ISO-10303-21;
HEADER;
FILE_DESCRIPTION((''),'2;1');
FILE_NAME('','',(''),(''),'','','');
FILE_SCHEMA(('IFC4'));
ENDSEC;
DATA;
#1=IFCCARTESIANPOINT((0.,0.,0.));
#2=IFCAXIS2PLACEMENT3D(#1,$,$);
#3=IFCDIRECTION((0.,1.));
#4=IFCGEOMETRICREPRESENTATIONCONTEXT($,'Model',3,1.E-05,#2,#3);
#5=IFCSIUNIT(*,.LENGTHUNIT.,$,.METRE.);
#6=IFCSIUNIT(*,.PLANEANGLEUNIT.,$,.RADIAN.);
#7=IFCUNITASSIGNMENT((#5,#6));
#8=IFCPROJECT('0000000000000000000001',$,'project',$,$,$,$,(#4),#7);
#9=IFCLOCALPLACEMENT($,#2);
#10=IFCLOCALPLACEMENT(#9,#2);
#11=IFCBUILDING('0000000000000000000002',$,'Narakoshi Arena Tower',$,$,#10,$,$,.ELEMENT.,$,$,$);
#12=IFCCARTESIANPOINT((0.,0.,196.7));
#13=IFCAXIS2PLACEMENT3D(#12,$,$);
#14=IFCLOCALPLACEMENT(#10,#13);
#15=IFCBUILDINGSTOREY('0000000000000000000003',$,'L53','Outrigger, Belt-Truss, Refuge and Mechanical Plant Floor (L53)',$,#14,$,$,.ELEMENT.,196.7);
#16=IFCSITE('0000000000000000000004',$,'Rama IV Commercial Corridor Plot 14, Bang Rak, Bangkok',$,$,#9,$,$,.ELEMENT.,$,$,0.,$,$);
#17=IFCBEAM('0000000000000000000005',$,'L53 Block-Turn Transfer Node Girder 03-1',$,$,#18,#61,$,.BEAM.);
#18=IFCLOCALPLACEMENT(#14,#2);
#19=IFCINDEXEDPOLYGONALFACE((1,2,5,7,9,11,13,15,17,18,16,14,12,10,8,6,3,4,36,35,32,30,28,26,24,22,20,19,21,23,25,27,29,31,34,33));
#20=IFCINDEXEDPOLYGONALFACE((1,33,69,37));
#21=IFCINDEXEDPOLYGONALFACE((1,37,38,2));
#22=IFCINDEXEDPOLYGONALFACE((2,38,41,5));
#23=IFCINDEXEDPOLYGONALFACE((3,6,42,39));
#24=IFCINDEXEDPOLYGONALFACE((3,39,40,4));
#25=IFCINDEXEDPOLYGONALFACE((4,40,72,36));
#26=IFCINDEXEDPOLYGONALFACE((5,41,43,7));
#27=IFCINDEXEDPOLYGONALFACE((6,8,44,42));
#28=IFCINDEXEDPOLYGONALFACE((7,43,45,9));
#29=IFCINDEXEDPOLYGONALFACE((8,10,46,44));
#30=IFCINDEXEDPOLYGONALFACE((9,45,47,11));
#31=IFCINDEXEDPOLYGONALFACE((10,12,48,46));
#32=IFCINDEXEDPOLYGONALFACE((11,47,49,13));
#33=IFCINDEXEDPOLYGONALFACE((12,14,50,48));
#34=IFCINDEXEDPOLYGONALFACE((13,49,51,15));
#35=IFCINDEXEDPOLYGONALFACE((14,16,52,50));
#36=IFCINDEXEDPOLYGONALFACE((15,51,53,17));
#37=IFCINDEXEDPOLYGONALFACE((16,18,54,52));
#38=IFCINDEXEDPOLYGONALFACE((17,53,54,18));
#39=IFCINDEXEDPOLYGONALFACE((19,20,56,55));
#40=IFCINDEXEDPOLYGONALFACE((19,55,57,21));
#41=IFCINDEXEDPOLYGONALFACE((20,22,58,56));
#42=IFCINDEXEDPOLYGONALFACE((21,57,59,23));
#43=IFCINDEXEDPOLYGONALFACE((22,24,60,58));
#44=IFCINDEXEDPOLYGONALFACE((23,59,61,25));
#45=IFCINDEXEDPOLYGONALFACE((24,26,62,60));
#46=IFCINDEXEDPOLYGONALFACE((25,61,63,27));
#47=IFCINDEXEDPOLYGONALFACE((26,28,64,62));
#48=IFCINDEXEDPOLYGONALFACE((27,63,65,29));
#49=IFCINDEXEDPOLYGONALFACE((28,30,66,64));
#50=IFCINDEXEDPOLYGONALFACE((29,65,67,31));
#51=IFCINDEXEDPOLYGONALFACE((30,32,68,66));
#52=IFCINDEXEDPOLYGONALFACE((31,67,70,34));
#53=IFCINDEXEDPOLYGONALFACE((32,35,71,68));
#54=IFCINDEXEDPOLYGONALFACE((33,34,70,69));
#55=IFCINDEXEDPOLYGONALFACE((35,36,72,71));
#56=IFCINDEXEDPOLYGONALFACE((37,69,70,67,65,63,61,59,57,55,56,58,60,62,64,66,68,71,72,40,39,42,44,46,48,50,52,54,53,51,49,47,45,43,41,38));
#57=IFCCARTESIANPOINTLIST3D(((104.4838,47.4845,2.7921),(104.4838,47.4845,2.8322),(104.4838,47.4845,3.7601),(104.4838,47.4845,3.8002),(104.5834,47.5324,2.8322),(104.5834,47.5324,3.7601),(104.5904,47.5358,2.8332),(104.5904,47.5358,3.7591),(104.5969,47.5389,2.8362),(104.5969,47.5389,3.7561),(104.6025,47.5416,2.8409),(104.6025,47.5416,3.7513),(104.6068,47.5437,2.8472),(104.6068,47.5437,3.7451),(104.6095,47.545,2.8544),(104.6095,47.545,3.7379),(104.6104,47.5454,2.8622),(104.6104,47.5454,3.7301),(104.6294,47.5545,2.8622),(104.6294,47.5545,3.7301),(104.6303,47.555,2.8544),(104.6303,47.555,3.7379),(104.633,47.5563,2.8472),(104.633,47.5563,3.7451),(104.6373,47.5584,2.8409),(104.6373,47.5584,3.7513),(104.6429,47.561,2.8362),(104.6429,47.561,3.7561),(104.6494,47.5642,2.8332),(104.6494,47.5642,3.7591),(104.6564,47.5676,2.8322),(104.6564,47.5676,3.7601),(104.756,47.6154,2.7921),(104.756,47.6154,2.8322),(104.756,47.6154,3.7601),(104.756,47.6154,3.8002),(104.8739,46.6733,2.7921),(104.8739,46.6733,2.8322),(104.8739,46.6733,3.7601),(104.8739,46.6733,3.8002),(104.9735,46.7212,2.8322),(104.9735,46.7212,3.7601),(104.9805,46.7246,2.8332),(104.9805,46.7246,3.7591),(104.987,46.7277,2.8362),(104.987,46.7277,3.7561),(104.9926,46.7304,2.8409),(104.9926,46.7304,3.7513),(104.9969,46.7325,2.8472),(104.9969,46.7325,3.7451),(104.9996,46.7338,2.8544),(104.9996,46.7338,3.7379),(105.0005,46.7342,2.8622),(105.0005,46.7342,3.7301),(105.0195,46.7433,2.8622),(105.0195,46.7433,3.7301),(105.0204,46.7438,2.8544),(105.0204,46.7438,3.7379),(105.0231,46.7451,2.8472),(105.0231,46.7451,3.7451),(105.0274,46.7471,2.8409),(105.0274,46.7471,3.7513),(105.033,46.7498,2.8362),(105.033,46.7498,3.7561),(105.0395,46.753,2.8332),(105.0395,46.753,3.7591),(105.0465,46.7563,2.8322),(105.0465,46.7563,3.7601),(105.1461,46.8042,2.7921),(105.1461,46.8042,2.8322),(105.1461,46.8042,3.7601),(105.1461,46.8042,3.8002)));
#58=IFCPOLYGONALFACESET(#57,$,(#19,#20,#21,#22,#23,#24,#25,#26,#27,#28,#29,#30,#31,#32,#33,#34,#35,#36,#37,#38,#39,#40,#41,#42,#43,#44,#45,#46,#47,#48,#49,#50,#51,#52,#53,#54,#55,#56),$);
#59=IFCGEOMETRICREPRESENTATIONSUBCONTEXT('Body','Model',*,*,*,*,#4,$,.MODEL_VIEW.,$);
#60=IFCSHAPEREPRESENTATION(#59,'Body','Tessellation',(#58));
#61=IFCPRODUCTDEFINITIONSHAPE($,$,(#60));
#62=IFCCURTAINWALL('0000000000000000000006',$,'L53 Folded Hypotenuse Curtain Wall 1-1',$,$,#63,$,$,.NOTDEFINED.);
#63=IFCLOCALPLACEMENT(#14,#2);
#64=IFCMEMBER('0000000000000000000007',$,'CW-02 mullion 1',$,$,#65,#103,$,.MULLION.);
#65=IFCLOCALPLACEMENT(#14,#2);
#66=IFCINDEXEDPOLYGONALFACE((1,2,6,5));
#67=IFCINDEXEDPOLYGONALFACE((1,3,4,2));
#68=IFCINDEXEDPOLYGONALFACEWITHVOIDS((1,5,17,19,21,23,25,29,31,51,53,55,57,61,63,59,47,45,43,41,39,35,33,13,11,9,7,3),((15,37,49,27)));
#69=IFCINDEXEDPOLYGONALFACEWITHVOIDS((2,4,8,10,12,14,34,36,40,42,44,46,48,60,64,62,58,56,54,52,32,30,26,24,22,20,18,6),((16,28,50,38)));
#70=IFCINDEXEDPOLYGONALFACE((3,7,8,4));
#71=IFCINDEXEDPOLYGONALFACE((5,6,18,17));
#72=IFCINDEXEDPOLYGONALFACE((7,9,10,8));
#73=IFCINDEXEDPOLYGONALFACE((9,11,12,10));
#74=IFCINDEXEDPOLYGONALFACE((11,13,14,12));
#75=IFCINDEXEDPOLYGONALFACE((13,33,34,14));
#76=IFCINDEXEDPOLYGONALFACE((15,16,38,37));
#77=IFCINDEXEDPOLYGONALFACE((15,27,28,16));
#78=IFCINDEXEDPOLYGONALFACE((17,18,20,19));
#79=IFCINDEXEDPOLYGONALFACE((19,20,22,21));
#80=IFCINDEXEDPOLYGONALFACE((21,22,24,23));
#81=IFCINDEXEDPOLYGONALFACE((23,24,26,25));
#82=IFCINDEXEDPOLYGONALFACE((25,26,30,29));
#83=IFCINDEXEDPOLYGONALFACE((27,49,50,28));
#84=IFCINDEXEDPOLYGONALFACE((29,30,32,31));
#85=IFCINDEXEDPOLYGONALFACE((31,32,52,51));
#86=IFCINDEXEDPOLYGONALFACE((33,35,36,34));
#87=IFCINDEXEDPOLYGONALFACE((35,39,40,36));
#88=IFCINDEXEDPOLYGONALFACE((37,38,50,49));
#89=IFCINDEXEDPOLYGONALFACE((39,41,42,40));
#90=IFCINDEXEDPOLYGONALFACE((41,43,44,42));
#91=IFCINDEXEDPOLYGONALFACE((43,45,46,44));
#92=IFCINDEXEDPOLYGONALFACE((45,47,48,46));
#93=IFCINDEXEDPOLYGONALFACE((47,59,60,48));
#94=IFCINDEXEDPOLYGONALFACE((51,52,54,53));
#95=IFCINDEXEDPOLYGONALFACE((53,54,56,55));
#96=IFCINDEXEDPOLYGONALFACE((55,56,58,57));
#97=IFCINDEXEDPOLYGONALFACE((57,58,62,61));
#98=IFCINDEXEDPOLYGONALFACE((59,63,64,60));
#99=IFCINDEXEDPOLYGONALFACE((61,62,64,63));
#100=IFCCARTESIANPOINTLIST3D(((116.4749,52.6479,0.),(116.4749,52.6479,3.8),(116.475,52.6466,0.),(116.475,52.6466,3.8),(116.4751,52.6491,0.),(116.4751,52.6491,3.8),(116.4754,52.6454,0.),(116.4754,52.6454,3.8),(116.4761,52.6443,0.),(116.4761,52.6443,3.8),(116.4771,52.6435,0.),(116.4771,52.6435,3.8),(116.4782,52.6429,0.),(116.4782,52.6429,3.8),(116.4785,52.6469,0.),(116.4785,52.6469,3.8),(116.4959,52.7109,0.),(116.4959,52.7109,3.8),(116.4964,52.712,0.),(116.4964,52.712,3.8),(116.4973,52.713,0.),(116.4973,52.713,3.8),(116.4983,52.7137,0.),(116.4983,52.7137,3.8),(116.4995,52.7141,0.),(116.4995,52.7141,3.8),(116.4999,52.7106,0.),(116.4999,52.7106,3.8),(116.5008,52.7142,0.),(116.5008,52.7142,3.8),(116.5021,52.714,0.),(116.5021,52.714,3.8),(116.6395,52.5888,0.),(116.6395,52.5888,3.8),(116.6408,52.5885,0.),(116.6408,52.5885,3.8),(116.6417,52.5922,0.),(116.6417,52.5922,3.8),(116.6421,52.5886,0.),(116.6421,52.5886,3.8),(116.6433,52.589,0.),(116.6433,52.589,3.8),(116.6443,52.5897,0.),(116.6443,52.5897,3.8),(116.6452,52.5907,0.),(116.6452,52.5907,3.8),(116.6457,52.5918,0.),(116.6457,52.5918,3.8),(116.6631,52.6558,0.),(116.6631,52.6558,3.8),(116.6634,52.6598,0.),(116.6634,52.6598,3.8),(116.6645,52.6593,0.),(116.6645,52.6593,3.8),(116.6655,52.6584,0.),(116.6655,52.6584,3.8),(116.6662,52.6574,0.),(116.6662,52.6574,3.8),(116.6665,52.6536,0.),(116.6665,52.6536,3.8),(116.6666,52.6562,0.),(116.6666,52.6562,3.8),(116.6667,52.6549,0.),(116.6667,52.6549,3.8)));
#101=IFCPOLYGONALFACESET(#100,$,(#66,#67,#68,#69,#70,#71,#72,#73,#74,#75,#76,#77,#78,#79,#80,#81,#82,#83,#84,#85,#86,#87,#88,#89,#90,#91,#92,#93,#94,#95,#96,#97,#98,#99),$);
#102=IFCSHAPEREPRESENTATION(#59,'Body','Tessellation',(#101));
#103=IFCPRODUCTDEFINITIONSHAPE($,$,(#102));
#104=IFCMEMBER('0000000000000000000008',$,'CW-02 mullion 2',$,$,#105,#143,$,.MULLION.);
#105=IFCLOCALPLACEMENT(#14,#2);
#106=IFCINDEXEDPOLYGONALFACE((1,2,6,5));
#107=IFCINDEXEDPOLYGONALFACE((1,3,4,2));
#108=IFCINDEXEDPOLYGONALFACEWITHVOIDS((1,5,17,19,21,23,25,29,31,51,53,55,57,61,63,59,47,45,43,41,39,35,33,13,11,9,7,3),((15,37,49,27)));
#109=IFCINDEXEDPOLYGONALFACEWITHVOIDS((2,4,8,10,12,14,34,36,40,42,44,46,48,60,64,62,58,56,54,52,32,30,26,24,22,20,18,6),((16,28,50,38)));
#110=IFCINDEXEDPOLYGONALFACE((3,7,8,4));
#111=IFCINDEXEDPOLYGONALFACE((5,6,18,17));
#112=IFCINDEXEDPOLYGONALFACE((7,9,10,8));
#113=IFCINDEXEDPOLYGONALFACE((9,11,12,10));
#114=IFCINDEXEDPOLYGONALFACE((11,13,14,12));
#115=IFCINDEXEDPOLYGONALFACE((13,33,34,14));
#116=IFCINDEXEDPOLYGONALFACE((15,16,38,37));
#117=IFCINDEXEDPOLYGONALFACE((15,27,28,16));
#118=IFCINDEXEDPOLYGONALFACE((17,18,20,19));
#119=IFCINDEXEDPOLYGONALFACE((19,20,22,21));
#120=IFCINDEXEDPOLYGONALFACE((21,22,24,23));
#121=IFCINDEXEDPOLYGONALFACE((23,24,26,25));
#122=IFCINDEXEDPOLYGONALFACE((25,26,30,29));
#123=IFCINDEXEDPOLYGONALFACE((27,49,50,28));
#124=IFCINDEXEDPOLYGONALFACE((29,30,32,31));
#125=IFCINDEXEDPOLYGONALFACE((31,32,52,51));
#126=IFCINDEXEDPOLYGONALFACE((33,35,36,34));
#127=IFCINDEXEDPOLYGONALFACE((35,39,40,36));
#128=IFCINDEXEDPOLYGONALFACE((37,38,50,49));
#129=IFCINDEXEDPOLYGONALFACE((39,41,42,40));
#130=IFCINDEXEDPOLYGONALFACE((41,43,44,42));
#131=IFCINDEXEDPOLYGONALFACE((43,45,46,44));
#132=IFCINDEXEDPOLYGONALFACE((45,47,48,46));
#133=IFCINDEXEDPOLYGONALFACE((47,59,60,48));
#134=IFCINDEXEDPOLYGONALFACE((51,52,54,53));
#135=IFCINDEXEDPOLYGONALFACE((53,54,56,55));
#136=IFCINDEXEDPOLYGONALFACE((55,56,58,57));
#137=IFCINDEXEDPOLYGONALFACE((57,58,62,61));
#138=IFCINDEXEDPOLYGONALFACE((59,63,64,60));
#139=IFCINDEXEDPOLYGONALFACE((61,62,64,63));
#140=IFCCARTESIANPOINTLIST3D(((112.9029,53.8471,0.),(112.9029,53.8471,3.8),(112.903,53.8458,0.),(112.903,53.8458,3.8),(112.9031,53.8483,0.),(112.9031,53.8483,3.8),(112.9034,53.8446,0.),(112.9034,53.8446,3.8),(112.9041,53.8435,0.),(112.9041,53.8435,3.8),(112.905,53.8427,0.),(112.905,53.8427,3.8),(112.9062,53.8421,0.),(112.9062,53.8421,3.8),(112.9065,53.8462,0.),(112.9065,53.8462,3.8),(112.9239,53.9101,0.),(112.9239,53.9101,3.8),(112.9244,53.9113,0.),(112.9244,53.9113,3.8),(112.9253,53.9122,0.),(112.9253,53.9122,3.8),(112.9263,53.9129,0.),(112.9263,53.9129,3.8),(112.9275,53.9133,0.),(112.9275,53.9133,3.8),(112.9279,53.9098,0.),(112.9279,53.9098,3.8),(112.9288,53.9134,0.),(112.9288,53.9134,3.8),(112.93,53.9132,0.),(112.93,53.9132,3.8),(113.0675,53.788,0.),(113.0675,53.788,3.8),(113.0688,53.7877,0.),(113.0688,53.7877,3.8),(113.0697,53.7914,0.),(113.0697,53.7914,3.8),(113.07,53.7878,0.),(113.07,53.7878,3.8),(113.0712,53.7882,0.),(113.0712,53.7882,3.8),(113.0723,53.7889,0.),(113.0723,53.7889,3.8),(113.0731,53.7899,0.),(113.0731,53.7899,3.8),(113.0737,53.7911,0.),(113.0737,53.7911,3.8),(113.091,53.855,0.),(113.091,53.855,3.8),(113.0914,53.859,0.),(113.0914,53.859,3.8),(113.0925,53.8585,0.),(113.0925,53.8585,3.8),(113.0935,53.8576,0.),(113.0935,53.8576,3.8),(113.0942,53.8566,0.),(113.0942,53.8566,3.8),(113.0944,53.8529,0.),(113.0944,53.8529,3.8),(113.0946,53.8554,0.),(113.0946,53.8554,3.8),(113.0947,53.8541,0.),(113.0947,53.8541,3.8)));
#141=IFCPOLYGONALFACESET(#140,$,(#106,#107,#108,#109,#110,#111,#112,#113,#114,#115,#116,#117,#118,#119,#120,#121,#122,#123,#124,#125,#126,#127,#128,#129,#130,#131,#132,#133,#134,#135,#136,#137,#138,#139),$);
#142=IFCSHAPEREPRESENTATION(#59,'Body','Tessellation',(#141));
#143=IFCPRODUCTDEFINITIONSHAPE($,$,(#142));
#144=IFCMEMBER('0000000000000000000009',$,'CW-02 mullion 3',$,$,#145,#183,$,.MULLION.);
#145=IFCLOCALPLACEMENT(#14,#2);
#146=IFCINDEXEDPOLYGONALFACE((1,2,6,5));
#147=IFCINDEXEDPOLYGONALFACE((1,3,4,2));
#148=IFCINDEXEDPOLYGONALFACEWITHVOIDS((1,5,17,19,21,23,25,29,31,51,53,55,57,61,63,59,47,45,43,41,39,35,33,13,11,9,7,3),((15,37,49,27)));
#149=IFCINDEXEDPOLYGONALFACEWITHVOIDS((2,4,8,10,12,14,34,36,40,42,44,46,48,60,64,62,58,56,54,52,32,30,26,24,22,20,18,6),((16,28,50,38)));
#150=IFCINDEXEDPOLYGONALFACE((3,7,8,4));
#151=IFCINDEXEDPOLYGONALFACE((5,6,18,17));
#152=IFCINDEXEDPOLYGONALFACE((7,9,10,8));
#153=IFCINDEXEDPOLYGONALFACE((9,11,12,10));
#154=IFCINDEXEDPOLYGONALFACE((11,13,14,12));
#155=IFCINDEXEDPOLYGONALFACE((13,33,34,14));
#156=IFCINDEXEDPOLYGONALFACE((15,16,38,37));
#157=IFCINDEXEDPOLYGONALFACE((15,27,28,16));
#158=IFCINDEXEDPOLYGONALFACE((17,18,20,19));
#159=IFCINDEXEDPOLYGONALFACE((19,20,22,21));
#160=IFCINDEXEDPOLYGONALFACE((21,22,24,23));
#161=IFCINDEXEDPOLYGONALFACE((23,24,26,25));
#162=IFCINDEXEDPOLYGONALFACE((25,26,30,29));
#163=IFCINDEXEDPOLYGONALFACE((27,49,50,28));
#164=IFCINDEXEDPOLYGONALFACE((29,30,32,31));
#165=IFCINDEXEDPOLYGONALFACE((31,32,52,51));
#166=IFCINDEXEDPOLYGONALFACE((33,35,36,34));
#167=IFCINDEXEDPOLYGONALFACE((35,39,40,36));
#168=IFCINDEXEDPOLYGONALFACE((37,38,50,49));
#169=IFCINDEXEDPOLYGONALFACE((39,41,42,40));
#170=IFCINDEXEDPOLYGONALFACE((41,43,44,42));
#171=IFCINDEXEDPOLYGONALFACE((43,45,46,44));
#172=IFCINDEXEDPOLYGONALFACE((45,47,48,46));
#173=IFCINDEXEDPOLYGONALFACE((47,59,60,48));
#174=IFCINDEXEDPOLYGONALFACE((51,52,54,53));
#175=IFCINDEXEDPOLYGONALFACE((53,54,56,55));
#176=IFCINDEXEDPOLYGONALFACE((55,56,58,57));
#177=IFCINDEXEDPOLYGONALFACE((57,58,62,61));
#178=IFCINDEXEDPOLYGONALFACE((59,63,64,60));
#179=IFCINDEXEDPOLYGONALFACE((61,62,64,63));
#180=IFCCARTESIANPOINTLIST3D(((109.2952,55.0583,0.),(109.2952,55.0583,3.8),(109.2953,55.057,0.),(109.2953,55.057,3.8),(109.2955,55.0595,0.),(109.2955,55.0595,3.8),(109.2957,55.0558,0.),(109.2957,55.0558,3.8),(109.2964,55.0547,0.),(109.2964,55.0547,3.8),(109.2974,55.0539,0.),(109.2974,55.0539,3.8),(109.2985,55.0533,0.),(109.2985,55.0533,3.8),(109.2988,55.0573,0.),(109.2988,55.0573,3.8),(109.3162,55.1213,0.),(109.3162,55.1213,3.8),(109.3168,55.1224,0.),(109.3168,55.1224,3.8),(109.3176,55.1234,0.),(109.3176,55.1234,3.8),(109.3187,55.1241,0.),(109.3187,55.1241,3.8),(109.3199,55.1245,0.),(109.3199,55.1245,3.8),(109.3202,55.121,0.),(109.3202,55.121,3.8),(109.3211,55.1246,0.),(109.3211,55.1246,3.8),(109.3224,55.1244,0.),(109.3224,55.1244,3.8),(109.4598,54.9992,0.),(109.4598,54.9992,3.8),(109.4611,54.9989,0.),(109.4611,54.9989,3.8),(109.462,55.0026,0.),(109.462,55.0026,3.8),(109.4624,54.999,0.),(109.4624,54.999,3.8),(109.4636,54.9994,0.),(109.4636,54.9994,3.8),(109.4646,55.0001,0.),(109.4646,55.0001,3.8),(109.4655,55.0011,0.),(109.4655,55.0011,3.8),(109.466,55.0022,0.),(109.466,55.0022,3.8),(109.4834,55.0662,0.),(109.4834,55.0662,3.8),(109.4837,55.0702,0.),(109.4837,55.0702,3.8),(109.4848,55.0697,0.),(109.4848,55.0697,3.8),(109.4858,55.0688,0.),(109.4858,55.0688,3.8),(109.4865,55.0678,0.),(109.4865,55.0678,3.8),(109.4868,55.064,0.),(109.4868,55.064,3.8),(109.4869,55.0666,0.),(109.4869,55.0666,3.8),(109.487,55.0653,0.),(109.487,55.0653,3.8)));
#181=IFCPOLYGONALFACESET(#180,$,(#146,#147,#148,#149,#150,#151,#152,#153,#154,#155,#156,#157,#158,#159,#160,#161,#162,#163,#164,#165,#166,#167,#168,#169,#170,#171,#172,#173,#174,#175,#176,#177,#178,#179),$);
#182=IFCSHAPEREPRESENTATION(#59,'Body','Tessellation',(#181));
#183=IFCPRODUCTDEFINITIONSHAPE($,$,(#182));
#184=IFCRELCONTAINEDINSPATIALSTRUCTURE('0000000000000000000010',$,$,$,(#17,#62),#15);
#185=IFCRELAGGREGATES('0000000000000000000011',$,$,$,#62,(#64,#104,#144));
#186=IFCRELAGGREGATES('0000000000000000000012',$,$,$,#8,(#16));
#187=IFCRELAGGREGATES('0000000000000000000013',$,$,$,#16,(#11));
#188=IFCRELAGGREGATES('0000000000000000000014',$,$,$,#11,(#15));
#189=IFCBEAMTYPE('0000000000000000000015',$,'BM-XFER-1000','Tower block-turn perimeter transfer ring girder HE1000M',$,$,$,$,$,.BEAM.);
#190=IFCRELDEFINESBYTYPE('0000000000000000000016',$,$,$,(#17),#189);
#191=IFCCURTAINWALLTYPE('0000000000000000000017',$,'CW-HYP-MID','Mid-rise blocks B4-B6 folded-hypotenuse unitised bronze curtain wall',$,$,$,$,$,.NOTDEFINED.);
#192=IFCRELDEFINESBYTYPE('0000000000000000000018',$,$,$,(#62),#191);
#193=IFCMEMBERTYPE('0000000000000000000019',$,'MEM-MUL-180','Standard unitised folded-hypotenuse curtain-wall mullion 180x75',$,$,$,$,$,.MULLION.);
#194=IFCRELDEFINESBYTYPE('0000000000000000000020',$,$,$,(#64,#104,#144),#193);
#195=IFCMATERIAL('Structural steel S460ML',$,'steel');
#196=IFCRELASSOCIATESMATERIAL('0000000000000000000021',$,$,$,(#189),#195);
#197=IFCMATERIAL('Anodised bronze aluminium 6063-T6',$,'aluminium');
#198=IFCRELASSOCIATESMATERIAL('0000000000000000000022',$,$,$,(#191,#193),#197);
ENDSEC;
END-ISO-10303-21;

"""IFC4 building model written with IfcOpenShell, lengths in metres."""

from ifc_helpers import new_model, si_unit, direction, frame, origin, origin_2d, place, context, subcontext, project, spatial, hollow_rectangle, i_section, extrude, material, material_profile, profile_set, type_object, element, aggregate, save


model = new_model("IFC4")

# Units and contexts
model_context = context("Model", 3, precision=1e-05, world=origin(), true_north=direction((0.0, 1.0)))
body_context = subcontext(model_context, "Body", "Model", "MODEL_VIEW")
ifc_project = project(units=[si_unit("LENGTHUNIT", "METRE"), si_unit("PLANEANGLEUNIT", "RADIAN")], contexts=[model_context])

# Site, building, storey
site_placement = place(None, origin())
site = spatial("IfcSite", under=ifc_project, at=site_placement, Name="Rama IV Commercial Corridor Plot 14, Bang Rak, Bangkok", CompositionType="ELEMENT", RefElevation=0.0)
building_placement = place(site_placement, origin())
building = spatial("IfcBuilding", under=site, at=building_placement, Name="Narakoshi Arena Tower", CompositionType="ELEMENT")
storey_placement = place(building_placement, frame((0.0, 0.0, 196.7)))
storey = spatial("IfcBuildingStorey", under=building, at=storey_placement, Name="L53", Description="Outrigger, Belt-Truss, Refuge and Mechanical Plant Floor (L53)", CompositionType="ELEMENT", Elevation=196.7)

# Shared definitions
ifc_material_1 = material(Name="Structural steel S460ML", Category="steel")

# Beam
ifc_material_profile_1 = material_profile(ifc_material_1, i_section(OverallWidth=0.302, OverallDepth=1.0081, WebThickness=0.021, FlangeThickness=0.04, FilletRadius=0.03, at=origin_2d()), Name="HE1000M")
ifc_profile_set_1 = profile_set([ifc_material_profile_1], Name="Structural steel S460ML")
beam_type = type_object("IfcBeamType", Name="BM-XFER-1000", Description="Tower block-turn perimeter transfer ring girder HE1000M", PredefinedType="BEAM", material=ifc_profile_set_1)
beam_1_placement = place(storey_placement, frame((105.01, 46.7388, 3.2961), z_axis=(-0.433383, 0.90121, 0.0), x_axis=(-0.90121, -0.433383, 0.0)))
element("IfcBeam", 1, at=beam_1_placement, inside=storey, type_object=beam_type, Name="L53 Block-Turn Transfer Node Girder 03-1", PredefinedType="BEAM", context=body_context, shape_type="SweptSolid", body=[
    extrude(i_section(OverallWidth=0.302, OverallDepth=1.0081, WebThickness=0.021, FlangeThickness=0.04, FilletRadius=0.03, at=origin_2d()), origin(), (0.0, 0.0, 1.0), 0.9001),
])

# Curtain wall, members
ifc_material_2 = material(Name="Anodised bronze aluminium 6063-T6", Category="aluminium")
curtain_wall_type = type_object("IfcCurtainWallType", Name="CW-HYP-MID", Description="Mid-rise blocks B4-B6 folded-hypotenuse unitised bronze curtain wall", PredefinedType="NOTDEFINED", material=ifc_material_2)
curtain_wall_placement = place(storey_placement, origin())
curtain_wall = element("IfcCurtainWall", 2, at=curtain_wall_placement, inside=storey, type_object=curtain_wall_type, Name="L53 Folded Hypotenuse Curtain Wall 1-1", PredefinedType="NOTDEFINED")
ifc_material_profile_2 = material_profile(ifc_material_2, hollow_rectangle(XDim=0.075, YDim=0.1799, WallThickness=0.0039, OuterFilletRadius=0.0049, at=origin_2d()), Name="MUL180x75x4")
ifc_profile_set_2 = profile_set([ifc_material_profile_2], Name="Anodised bronze aluminium 6063-T6")
member_type_1 = type_object("IfcMemberType", Name="MEM-MUL-180", Description="Standard unitised folded-hypotenuse curtain-wall mullion 180x75", PredefinedType="MULLION", material=ifc_profile_set_2)
member_1_placement = place(storey_placement, frame((116.5708, 52.6514, 0.0), z_axis=(0.0, 0.0, 1.0), x_axis=(-0.318261, -0.948003, 0.0)))
member_1 = element("IfcMember", 3, at=member_1_placement, type_object=member_type_1, Name="CW-02 mullion 1", PredefinedType="MULLION", context=body_context, shape_type="SweptSolid", body=[
    extrude(hollow_rectangle(XDim=0.075, YDim=0.1799, WallThickness=0.0039, OuterFilletRadius=0.0049, at=origin_2d()), origin(), (0.0, 0.0, 1.0), 3.8),
])
member_2_placement = place(storey_placement, frame((112.9988, 53.8506, 0.0), z_axis=(0.0, 0.0, 1.0), x_axis=(-0.318261, -0.948003, 0.0)))
member_2 = element("IfcMember", 4, at=member_2_placement, type_object=member_type_1, Name="CW-02 mullion 2", PredefinedType="MULLION", context=body_context, shape_type="SweptSolid", body=[
    extrude(hollow_rectangle(XDim=0.075, YDim=0.1799, WallThickness=0.0039, OuterFilletRadius=0.0049, at=origin_2d()), origin(), (0.0, 0.0, 1.0), 3.8),
])
member_3_placement = place(storey_placement, frame((109.3911, 55.0618, 0.0), z_axis=(0.0, 0.0, 1.0), x_axis=(-0.318261, -0.948003, 0.0)))
member_3 = element("IfcMember", 5, at=member_3_placement, type_object=member_type_1, Name="CW-02 mullion 3", PredefinedType="MULLION", context=body_context, shape_type="SweptSolid", body=[
    extrude(hollow_rectangle(XDim=0.075, YDim=0.1799, WallThickness=0.0039, OuterFilletRadius=0.0049, at=origin_2d()), origin(), (0.0, 0.0, 1.0), 3.8),
])
aggregate(curtain_wall, [member_1, member_2, member_3])

save(model, "model.ifc")
